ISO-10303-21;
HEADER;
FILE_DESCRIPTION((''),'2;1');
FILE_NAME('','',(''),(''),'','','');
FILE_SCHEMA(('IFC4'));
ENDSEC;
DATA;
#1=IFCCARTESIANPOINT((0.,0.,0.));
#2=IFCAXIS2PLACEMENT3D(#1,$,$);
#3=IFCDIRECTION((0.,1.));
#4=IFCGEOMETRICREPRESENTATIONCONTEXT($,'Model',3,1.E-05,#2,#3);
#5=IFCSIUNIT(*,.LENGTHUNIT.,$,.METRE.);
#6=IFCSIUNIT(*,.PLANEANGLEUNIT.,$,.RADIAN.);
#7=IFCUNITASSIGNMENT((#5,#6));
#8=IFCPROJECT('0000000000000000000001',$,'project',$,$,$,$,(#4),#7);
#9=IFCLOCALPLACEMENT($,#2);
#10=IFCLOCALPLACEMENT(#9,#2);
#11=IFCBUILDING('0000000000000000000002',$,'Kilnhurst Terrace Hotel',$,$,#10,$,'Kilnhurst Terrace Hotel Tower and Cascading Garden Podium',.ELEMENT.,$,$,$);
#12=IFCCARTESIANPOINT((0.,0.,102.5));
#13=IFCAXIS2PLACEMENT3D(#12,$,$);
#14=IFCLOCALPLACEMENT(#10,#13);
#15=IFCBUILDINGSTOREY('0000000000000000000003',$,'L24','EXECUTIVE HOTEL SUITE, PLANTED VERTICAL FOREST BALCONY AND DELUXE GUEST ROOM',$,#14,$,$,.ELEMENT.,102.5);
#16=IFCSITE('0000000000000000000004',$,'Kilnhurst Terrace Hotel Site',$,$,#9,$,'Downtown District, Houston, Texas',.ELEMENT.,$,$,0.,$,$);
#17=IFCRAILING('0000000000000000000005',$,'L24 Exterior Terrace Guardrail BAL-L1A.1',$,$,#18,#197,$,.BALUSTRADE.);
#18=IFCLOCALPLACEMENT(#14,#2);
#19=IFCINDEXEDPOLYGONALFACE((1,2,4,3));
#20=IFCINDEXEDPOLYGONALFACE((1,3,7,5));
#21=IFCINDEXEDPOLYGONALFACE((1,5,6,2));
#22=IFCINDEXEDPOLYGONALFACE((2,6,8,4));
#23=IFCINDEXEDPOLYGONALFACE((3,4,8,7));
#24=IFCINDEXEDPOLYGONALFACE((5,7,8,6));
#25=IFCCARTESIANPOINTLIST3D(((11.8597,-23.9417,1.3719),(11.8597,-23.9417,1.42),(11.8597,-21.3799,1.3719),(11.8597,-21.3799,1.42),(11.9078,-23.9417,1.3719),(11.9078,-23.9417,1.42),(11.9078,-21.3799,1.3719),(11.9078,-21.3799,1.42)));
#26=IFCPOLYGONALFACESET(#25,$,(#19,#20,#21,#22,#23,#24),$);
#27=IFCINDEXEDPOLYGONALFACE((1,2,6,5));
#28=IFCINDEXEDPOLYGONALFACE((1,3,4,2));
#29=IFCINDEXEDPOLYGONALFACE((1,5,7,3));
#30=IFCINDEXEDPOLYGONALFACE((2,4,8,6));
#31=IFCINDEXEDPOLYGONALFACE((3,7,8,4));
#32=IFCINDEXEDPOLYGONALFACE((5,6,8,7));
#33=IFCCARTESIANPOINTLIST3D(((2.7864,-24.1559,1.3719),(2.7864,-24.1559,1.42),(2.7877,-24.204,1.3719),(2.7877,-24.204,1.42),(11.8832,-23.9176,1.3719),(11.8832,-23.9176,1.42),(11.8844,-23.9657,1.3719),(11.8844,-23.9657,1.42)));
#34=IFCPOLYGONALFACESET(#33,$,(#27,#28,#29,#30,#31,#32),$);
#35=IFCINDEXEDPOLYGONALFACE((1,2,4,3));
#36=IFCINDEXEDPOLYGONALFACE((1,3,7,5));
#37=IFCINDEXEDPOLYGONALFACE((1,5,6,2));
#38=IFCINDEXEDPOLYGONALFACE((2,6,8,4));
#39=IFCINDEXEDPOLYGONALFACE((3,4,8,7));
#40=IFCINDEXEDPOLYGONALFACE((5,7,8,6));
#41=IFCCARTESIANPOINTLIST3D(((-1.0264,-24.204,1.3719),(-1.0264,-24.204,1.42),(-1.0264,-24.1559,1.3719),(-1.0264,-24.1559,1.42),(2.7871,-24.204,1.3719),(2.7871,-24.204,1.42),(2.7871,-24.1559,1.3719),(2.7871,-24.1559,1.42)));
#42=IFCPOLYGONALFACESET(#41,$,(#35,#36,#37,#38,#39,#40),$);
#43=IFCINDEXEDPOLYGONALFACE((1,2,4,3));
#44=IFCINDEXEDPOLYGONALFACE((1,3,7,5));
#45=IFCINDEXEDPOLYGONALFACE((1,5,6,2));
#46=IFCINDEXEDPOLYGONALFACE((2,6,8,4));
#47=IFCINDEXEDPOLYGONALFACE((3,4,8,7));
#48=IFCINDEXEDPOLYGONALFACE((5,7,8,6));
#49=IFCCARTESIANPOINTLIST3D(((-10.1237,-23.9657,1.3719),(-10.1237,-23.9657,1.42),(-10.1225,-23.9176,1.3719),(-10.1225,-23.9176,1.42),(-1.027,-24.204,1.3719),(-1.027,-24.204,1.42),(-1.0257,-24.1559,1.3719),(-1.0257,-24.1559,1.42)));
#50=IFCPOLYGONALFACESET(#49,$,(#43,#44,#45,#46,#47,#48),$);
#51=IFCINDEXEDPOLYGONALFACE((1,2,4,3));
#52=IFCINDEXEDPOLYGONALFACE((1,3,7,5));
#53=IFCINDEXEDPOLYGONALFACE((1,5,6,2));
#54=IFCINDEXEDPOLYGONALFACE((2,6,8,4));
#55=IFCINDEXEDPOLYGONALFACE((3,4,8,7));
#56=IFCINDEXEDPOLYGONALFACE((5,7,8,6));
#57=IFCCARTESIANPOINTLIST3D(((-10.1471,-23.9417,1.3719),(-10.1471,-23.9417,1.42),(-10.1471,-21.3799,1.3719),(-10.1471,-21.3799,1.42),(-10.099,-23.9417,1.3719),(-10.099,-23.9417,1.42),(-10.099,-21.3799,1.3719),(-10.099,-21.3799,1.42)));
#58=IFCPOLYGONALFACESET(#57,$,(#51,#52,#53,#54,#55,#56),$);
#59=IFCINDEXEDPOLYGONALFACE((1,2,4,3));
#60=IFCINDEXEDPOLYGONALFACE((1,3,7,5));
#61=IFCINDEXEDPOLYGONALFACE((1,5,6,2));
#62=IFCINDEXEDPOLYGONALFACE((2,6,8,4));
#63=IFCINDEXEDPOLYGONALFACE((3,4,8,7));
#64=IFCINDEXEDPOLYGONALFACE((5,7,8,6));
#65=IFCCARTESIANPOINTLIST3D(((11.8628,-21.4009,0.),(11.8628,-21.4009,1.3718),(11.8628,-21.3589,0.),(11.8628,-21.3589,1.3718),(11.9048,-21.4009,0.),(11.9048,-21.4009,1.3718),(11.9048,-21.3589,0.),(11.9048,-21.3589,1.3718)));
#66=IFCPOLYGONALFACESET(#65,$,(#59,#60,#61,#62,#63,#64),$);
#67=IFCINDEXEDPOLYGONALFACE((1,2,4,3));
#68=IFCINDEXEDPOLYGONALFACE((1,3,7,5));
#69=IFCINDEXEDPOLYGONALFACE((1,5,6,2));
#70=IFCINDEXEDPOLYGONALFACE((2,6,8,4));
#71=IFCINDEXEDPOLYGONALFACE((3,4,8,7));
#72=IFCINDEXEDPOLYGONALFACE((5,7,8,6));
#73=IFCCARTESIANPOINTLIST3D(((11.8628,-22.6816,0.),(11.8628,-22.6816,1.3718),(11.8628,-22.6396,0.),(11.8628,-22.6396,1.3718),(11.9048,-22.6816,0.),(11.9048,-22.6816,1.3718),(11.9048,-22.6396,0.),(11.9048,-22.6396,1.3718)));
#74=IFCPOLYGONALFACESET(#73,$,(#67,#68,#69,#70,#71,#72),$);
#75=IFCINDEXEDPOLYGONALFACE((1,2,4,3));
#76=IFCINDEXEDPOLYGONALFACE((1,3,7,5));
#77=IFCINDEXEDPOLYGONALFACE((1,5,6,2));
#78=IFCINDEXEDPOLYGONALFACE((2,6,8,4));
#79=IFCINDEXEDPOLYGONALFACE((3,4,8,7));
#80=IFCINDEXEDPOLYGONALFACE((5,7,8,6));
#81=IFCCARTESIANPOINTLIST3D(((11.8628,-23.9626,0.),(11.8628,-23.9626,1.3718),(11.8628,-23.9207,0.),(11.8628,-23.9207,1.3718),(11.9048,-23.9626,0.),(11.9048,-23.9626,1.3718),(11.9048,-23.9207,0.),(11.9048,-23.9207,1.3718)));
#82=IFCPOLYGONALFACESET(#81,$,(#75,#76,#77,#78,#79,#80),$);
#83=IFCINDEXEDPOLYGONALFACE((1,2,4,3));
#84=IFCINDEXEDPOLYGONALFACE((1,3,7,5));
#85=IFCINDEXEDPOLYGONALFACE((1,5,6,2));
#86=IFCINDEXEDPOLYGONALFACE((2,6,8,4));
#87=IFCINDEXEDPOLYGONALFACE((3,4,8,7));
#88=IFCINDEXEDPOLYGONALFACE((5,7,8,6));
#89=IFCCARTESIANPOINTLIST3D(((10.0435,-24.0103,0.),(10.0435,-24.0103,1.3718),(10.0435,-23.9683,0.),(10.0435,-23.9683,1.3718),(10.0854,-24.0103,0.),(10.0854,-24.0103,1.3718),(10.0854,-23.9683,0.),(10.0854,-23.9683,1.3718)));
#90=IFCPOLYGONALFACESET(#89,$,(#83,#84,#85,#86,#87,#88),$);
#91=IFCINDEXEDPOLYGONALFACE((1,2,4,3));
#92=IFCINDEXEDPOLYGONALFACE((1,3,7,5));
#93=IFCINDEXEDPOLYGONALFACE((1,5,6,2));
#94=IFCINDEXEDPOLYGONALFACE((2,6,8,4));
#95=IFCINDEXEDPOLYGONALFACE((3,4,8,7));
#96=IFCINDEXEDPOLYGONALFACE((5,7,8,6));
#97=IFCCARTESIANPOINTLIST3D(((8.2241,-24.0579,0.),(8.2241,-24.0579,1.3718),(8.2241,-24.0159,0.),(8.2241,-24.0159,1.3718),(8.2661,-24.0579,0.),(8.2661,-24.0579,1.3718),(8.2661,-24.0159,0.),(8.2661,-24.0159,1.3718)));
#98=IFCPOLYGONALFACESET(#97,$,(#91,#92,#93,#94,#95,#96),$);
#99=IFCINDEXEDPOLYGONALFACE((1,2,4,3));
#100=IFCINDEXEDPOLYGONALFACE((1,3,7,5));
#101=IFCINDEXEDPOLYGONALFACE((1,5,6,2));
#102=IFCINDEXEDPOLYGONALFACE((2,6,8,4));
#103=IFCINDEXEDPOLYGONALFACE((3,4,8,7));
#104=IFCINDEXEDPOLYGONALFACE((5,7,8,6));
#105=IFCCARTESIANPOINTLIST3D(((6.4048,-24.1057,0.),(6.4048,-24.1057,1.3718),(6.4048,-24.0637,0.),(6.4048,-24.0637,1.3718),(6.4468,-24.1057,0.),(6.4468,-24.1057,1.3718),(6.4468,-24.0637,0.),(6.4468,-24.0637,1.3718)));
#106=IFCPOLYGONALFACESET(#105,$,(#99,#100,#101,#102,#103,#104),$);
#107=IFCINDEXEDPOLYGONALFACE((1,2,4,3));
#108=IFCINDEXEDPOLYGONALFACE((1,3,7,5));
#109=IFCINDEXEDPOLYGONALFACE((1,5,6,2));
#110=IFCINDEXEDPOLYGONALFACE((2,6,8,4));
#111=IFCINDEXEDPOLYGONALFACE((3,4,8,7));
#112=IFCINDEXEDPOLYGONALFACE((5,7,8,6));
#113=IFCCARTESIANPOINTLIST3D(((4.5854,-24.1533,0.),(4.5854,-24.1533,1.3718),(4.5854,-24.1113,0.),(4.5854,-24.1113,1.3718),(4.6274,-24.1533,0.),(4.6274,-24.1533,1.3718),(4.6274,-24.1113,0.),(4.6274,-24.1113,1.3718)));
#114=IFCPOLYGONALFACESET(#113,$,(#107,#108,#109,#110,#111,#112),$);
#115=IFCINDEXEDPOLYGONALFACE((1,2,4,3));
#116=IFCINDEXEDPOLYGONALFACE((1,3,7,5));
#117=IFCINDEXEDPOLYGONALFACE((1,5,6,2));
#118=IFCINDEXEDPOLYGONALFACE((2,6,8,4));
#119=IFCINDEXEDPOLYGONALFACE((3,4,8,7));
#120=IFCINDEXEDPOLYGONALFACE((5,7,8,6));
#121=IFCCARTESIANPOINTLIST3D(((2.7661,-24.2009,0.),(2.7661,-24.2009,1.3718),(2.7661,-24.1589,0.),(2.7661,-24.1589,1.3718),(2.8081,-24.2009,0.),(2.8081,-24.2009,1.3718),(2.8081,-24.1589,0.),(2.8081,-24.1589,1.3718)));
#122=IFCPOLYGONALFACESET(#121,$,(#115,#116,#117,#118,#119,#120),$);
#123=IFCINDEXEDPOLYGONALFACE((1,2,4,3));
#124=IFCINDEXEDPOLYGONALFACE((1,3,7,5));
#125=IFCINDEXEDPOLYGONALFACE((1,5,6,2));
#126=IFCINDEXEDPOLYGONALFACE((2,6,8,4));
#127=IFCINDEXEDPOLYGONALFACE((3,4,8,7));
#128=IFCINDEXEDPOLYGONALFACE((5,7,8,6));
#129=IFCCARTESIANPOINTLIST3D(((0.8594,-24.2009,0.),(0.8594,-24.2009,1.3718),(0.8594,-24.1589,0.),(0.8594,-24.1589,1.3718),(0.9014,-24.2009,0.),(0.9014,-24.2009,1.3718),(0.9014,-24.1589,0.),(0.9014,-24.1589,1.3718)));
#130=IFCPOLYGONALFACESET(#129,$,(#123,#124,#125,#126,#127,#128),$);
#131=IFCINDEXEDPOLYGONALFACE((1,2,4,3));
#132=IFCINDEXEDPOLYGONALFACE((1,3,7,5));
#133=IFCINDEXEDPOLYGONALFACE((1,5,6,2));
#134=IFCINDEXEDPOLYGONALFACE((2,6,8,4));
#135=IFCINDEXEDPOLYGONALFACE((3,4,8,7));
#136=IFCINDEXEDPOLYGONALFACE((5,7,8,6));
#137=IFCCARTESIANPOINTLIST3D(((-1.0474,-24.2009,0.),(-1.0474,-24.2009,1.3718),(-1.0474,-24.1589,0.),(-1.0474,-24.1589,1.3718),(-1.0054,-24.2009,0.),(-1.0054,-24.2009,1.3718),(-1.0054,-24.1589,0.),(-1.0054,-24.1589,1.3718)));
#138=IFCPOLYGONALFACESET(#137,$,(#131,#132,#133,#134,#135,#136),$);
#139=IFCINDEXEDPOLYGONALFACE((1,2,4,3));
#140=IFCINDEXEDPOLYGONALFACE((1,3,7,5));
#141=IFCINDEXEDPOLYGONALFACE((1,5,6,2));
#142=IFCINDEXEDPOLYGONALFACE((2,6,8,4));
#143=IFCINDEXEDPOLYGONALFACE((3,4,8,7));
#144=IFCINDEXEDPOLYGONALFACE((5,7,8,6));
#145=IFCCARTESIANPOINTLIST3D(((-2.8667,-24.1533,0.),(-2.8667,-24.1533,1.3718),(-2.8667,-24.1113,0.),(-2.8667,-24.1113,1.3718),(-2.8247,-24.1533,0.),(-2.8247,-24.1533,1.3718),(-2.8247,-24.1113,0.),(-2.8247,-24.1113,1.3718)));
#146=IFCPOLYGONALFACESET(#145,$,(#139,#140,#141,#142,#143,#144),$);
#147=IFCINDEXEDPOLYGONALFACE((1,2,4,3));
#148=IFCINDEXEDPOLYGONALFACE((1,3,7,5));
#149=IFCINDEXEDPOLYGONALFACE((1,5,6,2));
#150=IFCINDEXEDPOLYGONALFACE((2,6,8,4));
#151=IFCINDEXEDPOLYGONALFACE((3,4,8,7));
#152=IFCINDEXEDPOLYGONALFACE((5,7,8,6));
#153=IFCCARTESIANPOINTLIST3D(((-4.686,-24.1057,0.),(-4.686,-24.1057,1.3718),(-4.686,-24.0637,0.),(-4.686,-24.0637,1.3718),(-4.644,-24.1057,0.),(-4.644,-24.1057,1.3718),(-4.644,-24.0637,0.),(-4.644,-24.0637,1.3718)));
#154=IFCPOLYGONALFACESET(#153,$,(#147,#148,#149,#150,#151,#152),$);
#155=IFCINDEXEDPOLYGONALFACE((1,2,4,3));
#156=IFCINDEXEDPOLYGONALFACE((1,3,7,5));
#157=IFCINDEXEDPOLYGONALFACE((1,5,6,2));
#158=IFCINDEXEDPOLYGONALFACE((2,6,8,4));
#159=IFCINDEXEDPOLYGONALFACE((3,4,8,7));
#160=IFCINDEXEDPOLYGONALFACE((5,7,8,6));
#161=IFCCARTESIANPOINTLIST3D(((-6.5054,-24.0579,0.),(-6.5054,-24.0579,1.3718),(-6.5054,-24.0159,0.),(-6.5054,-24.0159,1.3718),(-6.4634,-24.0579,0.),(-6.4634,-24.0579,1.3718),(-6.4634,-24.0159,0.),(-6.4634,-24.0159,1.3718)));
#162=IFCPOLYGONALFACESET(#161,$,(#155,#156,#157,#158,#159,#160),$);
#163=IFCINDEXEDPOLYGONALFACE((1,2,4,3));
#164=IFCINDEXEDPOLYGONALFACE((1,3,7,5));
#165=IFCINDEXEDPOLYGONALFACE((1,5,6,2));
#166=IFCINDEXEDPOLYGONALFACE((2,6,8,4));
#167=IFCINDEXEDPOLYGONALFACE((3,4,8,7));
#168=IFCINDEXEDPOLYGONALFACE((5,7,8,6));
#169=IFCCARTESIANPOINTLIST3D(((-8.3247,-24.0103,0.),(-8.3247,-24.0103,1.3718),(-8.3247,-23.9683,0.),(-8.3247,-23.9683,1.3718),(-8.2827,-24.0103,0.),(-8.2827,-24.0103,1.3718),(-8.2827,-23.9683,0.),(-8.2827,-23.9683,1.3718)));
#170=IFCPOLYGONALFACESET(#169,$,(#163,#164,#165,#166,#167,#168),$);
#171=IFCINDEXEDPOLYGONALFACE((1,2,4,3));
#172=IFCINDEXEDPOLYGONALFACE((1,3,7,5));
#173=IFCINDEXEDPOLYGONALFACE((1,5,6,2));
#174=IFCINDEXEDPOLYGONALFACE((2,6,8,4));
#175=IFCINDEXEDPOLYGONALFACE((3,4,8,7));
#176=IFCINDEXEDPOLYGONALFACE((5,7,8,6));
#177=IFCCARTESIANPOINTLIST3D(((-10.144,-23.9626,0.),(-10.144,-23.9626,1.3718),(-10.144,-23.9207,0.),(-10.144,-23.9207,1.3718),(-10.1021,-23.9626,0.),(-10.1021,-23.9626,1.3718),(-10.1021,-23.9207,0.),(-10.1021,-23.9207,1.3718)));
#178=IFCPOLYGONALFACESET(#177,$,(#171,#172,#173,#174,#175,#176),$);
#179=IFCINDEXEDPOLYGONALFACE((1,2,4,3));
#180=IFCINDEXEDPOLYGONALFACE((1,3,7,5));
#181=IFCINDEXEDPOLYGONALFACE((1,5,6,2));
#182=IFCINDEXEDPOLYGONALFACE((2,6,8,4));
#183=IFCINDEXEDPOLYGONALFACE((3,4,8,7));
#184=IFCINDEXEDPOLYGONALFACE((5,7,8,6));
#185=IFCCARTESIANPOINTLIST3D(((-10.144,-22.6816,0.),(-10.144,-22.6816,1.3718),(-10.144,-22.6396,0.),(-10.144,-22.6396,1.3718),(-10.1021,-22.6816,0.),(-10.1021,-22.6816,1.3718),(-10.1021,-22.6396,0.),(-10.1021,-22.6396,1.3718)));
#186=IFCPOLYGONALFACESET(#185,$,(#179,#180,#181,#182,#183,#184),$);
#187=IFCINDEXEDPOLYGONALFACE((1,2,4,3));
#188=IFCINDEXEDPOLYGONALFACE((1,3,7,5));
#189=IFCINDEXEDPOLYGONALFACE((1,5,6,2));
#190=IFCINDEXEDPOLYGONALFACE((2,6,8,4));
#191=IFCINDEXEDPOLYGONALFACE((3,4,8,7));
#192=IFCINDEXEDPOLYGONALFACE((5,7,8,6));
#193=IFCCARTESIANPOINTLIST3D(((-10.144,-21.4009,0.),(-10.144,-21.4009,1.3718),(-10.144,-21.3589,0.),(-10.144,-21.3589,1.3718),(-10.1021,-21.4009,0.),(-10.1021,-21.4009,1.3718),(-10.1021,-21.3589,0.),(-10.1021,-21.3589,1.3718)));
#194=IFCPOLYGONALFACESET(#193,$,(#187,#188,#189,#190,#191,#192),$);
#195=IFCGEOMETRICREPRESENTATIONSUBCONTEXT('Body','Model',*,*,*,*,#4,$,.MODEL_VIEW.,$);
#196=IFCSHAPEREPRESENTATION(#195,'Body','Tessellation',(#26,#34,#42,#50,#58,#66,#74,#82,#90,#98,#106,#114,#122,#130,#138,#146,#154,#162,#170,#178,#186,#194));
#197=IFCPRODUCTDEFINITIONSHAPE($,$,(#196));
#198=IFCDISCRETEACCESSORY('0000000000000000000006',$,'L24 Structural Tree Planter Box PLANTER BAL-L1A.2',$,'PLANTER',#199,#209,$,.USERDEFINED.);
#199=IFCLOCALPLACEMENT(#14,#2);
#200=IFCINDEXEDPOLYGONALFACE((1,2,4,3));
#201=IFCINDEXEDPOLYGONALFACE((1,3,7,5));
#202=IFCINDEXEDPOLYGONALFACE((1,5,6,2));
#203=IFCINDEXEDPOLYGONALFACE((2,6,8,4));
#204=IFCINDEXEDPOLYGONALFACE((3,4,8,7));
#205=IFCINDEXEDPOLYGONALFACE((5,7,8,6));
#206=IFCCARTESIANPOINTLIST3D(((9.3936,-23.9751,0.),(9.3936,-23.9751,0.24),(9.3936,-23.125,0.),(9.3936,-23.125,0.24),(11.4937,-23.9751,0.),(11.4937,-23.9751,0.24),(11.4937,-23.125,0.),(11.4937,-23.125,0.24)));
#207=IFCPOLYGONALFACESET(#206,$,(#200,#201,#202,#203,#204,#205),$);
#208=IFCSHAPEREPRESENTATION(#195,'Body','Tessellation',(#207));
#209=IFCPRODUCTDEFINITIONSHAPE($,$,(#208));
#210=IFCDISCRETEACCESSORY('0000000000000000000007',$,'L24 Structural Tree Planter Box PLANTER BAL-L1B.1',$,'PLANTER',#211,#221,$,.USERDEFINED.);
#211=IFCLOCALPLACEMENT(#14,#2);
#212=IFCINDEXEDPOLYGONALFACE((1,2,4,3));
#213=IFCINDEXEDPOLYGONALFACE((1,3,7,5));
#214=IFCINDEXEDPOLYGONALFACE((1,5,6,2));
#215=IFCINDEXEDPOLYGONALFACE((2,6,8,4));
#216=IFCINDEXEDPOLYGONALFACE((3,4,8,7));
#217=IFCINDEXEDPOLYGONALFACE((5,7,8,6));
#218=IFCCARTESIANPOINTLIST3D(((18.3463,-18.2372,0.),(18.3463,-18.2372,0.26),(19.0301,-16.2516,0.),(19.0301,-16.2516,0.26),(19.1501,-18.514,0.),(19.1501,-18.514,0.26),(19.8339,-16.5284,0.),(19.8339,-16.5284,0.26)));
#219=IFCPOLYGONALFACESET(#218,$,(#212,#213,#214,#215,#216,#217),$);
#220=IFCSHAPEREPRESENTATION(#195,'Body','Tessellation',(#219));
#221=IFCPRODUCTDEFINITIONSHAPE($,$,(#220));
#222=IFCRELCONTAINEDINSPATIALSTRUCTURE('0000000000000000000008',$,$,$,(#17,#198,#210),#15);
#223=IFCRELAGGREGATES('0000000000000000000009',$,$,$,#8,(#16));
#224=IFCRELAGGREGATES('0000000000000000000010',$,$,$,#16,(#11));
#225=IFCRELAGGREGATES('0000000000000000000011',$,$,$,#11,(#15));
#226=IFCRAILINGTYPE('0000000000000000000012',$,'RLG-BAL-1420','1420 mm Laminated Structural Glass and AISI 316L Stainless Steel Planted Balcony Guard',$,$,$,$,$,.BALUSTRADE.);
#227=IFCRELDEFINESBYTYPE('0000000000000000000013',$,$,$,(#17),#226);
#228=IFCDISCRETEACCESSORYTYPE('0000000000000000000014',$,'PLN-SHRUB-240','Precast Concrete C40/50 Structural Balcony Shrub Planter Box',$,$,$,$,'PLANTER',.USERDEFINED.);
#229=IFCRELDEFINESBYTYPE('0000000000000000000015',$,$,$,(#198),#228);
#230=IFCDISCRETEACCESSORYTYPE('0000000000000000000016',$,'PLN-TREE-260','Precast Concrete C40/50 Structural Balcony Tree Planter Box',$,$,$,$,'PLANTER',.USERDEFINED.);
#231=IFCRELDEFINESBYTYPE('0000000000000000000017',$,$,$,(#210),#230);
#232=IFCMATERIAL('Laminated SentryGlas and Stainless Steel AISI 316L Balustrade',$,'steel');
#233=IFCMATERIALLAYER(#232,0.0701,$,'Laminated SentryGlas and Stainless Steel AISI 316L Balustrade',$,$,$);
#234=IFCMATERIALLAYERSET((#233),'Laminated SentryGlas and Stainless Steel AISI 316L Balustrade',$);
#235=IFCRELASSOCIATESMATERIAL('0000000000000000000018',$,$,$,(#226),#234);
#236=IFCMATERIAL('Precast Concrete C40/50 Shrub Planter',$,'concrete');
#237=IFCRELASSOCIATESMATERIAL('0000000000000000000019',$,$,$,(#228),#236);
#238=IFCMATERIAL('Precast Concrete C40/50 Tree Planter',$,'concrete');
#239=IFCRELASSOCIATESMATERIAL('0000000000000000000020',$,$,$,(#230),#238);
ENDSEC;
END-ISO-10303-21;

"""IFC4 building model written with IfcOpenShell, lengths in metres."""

from ifc_helpers import new_model, si_unit, direction, frame, origin, origin_2d, place, context, subcontext, project, spatial, rectangle, extrude, material, layer, layer_set, type_object, element, save


model = new_model("IFC4")

# Units and contexts
model_context = context("Model", 3, precision=1e-05, world=origin(), true_north=direction((0.0, 1.0)))
body_context = subcontext(model_context, "Body", "Model", "MODEL_VIEW")
ifc_project = project(units=[si_unit("LENGTHUNIT", "METRE"), si_unit("PLANEANGLEUNIT", "RADIAN")], contexts=[model_context])

# Site, building, storey
site_placement = place(None, origin())
site = spatial("IfcSite", under=ifc_project, at=site_placement, Name="Kilnhurst Terrace Hotel Site", LongName="Downtown District, Houston, Texas", CompositionType="ELEMENT", RefElevation=0.0)
building_placement = place(site_placement, origin())
building = spatial("IfcBuilding", under=site, at=building_placement, Name="Kilnhurst Terrace Hotel", LongName="Kilnhurst Terrace Hotel Tower and Cascading Garden Podium", CompositionType="ELEMENT")
storey_placement = place(building_placement, frame((0.0, 0.0, 102.5)))
storey = spatial("IfcBuildingStorey", under=building, at=storey_placement, Name="L24", Description="EXECUTIVE HOTEL SUITE, PLANTED VERTICAL FOREST BALCONY AND DELUXE GUEST ROOM", CompositionType="ELEMENT", Elevation=102.5)

# Railing
ifc_material_1 = material(Name="Laminated SentryGlas and Stainless Steel AISI 316L Balustrade", Category="steel")
ifc_layer_1 = layer(ifc_material_1, 0.0701, Name="Laminated SentryGlas and Stainless Steel AISI 316L Balustrade")
ifc_layer_set_1 = layer_set([ifc_layer_1], Name="Laminated SentryGlas and Stainless Steel AISI 316L Balustrade")
railing_type = type_object("IfcRailingType", Name="RLG-BAL-1420", Description="1420 mm Laminated Structural Glass and AISI 316L Stainless Steel Planted Balcony Guard", PredefinedType="BALUSTRADE", material=ifc_layer_set_1)
railing_placement = place(storey_placement, frame((11.8838, -21.3799, 0.0)))
element("IfcRailing", 1, at=railing_placement, inside=storey, type_object=railing_type, Name="L24 Exterior Terrace Guardrail BAL-L1A.1", PredefinedType="BALUSTRADE", context=body_context, shape_type="SweptSolid", body=[
    extrude(rectangle(XDim=0.0481, YDim=0.0481, at=origin_2d()), frame((0.0, 0.0, 1.396), z_axis=(0.0, -1.0, 0.0), x_axis=(1.0, 0.0, 0.0)), (0.0, 0.0, 1.0), 2.5618),
    extrude(rectangle(XDim=0.0481, YDim=0.0481, at=origin_2d()), frame((0.0, -2.5618, 1.396), z_axis=(-0.999657, -0.026185, 0.0), x_axis=(0.026185, -0.999657, 0.0)), (0.0, 0.0, 1.0), 9.0999),
    extrude(rectangle(XDim=0.0481, YDim=0.0481, at=origin_2d()), frame((-9.0967, -2.8, 1.396), z_axis=(-1.0, 0.0, 0.0), x_axis=(0.0, -1.0, 0.0)), (0.0, 0.0, 1.0), 3.8135),
    extrude(rectangle(XDim=0.0481, YDim=0.0481, at=origin_2d()), frame((-12.9102, -2.8, 1.396), z_axis=(-0.999657, 0.026185, 0.0), x_axis=(-0.026185, -0.999657, 0.0)), (0.0, 0.0, 1.0), 9.0999),
    extrude(rectangle(XDim=0.0481, YDim=0.0481, at=origin_2d()), frame((-22.0068, -2.5618, 1.396), z_axis=(0.0, 1.0, 0.0), x_axis=(-1.0, 0.0, 0.0)), (0.0, 0.0, 1.0), 2.5618),
    extrude(rectangle(XDim=0.042, YDim=0.042, at=origin_2d()), origin(), (0.0, 0.0, 1.0), 1.3718),
    extrude(rectangle(XDim=0.042, YDim=0.042, at=origin_2d()), frame((0.0, -1.2808, 0.0)), (0.0, 0.0, 1.0), 1.3718),
    extrude(rectangle(XDim=0.042, YDim=0.042, at=origin_2d()), frame((0.0, -2.5618, 0.0)), (0.0, 0.0, 1.0), 1.3718),
    extrude(rectangle(XDim=0.042, YDim=0.042, at=origin_2d()), frame((-1.8193, -2.6094, 0.0)), (0.0, 0.0, 1.0), 1.3718),
    extrude(rectangle(XDim=0.042, YDim=0.042, at=origin_2d()), frame((-3.6387, -2.657, 0.0)), (0.0, 0.0, 1.0), 1.3718),
    extrude(rectangle(XDim=0.042, YDim=0.042, at=origin_2d()), frame((-5.458, -2.7048, 0.0)), (0.0, 0.0, 1.0), 1.3718),
    extrude(rectangle(XDim=0.042, YDim=0.042, at=origin_2d()), frame((-7.2773, -2.7524, 0.0)), (0.0, 0.0, 1.0), 1.3718),
    extrude(rectangle(XDim=0.042, YDim=0.042, at=origin_2d()), frame((-9.0967, -2.8, 0.0)), (0.0, 0.0, 1.0), 1.3718),
    extrude(rectangle(XDim=0.042, YDim=0.042, at=origin_2d()), frame((-11.0034, -2.8, 0.0)), (0.0, 0.0, 1.0), 1.3718),
    extrude(rectangle(XDim=0.042, YDim=0.042, at=origin_2d()), frame((-12.9102, -2.8, 0.0)), (0.0, 0.0, 1.0), 1.3718),
    extrude(rectangle(XDim=0.042, YDim=0.042, at=origin_2d()), frame((-14.7295, -2.7524, 0.0)), (0.0, 0.0, 1.0), 1.3718),
    extrude(rectangle(XDim=0.042, YDim=0.042, at=origin_2d()), frame((-16.5488, -2.7048, 0.0)), (0.0, 0.0, 1.0), 1.3718),
    extrude(rectangle(XDim=0.042, YDim=0.042, at=origin_2d()), frame((-18.3682, -2.657, 0.0)), (0.0, 0.0, 1.0), 1.3718),
    extrude(rectangle(XDim=0.042, YDim=0.042, at=origin_2d()), frame((-20.1875, -2.6094, 0.0)), (0.0, 0.0, 1.0), 1.3718),
    extrude(rectangle(XDim=0.042, YDim=0.042, at=origin_2d()), frame((-22.0068, -2.5618, 0.0)), (0.0, 0.0, 1.0), 1.3718),
    extrude(rectangle(XDim=0.042, YDim=0.042, at=origin_2d()), frame((-22.0068, -1.2808, 0.0)), (0.0, 0.0, 1.0), 1.3718),
    extrude(rectangle(XDim=0.042, YDim=0.042, at=origin_2d()), frame((-22.0068, 0.0, 0.0)), (0.0, 0.0, 1.0), 1.3718),
])

# Discrete accessories
ifc_material_2 = material(Name="Precast Concrete C40/50 Shrub Planter", Category="concrete")
discrete_accessory_type_1 = type_object("IfcDiscreteAccessoryType", Name="PLN-SHRUB-240", Description="Precast Concrete C40/50 Structural Balcony Shrub Planter Box", ElementType="PLANTER", PredefinedType="USERDEFINED", material=ifc_material_2)
discrete_accessory_1_placement = place(storey_placement, frame((10.4436, -23.55, 0.0), z_axis=(0.0, 0.0, 1.0), x_axis=(1.0, 0.0, 0.0)))
element("IfcDiscreteAccessory", 2, at=discrete_accessory_1_placement, inside=storey, type_object=discrete_accessory_type_1, Name="L24 Structural Tree Planter Box PLANTER BAL-L1A.2", ObjectType="PLANTER", PredefinedType="USERDEFINED", context=body_context, shape_type="SweptSolid", body=[
    extrude(rectangle(XDim=2.1001, YDim=0.8501, at=origin_2d()), origin(), (0.0, 0.0, 1.0), 0.24),
])
ifc_material_3 = material(Name="Precast Concrete C40/50 Tree Planter", Category="concrete")
discrete_accessory_type_2 = type_object("IfcDiscreteAccessoryType", Name="PLN-TREE-260", Description="Precast Concrete C40/50 Structural Balcony Tree Planter Box", ElementType="PLANTER", PredefinedType="USERDEFINED", material=ifc_material_3)
discrete_accessory_2_placement = place(storey_placement, frame((19.0901, -17.3828, 0.0), z_axis=(0.0, 0.0, 1.0), x_axis=(0.325601, 0.945507, 0.0)))
element("IfcDiscreteAccessory", 3, at=discrete_accessory_2_placement, inside=storey, type_object=discrete_accessory_type_2, Name="L24 Structural Tree Planter Box PLANTER BAL-L1B.1", ObjectType="PLANTER", PredefinedType="USERDEFINED", context=body_context, shape_type="SweptSolid", body=[
    extrude(rectangle(XDim=2.1001, YDim=0.8501, at=origin_2d()), origin(), (0.0, 0.0, 1.0), 0.26),
])

save(model, "model.ifc")
